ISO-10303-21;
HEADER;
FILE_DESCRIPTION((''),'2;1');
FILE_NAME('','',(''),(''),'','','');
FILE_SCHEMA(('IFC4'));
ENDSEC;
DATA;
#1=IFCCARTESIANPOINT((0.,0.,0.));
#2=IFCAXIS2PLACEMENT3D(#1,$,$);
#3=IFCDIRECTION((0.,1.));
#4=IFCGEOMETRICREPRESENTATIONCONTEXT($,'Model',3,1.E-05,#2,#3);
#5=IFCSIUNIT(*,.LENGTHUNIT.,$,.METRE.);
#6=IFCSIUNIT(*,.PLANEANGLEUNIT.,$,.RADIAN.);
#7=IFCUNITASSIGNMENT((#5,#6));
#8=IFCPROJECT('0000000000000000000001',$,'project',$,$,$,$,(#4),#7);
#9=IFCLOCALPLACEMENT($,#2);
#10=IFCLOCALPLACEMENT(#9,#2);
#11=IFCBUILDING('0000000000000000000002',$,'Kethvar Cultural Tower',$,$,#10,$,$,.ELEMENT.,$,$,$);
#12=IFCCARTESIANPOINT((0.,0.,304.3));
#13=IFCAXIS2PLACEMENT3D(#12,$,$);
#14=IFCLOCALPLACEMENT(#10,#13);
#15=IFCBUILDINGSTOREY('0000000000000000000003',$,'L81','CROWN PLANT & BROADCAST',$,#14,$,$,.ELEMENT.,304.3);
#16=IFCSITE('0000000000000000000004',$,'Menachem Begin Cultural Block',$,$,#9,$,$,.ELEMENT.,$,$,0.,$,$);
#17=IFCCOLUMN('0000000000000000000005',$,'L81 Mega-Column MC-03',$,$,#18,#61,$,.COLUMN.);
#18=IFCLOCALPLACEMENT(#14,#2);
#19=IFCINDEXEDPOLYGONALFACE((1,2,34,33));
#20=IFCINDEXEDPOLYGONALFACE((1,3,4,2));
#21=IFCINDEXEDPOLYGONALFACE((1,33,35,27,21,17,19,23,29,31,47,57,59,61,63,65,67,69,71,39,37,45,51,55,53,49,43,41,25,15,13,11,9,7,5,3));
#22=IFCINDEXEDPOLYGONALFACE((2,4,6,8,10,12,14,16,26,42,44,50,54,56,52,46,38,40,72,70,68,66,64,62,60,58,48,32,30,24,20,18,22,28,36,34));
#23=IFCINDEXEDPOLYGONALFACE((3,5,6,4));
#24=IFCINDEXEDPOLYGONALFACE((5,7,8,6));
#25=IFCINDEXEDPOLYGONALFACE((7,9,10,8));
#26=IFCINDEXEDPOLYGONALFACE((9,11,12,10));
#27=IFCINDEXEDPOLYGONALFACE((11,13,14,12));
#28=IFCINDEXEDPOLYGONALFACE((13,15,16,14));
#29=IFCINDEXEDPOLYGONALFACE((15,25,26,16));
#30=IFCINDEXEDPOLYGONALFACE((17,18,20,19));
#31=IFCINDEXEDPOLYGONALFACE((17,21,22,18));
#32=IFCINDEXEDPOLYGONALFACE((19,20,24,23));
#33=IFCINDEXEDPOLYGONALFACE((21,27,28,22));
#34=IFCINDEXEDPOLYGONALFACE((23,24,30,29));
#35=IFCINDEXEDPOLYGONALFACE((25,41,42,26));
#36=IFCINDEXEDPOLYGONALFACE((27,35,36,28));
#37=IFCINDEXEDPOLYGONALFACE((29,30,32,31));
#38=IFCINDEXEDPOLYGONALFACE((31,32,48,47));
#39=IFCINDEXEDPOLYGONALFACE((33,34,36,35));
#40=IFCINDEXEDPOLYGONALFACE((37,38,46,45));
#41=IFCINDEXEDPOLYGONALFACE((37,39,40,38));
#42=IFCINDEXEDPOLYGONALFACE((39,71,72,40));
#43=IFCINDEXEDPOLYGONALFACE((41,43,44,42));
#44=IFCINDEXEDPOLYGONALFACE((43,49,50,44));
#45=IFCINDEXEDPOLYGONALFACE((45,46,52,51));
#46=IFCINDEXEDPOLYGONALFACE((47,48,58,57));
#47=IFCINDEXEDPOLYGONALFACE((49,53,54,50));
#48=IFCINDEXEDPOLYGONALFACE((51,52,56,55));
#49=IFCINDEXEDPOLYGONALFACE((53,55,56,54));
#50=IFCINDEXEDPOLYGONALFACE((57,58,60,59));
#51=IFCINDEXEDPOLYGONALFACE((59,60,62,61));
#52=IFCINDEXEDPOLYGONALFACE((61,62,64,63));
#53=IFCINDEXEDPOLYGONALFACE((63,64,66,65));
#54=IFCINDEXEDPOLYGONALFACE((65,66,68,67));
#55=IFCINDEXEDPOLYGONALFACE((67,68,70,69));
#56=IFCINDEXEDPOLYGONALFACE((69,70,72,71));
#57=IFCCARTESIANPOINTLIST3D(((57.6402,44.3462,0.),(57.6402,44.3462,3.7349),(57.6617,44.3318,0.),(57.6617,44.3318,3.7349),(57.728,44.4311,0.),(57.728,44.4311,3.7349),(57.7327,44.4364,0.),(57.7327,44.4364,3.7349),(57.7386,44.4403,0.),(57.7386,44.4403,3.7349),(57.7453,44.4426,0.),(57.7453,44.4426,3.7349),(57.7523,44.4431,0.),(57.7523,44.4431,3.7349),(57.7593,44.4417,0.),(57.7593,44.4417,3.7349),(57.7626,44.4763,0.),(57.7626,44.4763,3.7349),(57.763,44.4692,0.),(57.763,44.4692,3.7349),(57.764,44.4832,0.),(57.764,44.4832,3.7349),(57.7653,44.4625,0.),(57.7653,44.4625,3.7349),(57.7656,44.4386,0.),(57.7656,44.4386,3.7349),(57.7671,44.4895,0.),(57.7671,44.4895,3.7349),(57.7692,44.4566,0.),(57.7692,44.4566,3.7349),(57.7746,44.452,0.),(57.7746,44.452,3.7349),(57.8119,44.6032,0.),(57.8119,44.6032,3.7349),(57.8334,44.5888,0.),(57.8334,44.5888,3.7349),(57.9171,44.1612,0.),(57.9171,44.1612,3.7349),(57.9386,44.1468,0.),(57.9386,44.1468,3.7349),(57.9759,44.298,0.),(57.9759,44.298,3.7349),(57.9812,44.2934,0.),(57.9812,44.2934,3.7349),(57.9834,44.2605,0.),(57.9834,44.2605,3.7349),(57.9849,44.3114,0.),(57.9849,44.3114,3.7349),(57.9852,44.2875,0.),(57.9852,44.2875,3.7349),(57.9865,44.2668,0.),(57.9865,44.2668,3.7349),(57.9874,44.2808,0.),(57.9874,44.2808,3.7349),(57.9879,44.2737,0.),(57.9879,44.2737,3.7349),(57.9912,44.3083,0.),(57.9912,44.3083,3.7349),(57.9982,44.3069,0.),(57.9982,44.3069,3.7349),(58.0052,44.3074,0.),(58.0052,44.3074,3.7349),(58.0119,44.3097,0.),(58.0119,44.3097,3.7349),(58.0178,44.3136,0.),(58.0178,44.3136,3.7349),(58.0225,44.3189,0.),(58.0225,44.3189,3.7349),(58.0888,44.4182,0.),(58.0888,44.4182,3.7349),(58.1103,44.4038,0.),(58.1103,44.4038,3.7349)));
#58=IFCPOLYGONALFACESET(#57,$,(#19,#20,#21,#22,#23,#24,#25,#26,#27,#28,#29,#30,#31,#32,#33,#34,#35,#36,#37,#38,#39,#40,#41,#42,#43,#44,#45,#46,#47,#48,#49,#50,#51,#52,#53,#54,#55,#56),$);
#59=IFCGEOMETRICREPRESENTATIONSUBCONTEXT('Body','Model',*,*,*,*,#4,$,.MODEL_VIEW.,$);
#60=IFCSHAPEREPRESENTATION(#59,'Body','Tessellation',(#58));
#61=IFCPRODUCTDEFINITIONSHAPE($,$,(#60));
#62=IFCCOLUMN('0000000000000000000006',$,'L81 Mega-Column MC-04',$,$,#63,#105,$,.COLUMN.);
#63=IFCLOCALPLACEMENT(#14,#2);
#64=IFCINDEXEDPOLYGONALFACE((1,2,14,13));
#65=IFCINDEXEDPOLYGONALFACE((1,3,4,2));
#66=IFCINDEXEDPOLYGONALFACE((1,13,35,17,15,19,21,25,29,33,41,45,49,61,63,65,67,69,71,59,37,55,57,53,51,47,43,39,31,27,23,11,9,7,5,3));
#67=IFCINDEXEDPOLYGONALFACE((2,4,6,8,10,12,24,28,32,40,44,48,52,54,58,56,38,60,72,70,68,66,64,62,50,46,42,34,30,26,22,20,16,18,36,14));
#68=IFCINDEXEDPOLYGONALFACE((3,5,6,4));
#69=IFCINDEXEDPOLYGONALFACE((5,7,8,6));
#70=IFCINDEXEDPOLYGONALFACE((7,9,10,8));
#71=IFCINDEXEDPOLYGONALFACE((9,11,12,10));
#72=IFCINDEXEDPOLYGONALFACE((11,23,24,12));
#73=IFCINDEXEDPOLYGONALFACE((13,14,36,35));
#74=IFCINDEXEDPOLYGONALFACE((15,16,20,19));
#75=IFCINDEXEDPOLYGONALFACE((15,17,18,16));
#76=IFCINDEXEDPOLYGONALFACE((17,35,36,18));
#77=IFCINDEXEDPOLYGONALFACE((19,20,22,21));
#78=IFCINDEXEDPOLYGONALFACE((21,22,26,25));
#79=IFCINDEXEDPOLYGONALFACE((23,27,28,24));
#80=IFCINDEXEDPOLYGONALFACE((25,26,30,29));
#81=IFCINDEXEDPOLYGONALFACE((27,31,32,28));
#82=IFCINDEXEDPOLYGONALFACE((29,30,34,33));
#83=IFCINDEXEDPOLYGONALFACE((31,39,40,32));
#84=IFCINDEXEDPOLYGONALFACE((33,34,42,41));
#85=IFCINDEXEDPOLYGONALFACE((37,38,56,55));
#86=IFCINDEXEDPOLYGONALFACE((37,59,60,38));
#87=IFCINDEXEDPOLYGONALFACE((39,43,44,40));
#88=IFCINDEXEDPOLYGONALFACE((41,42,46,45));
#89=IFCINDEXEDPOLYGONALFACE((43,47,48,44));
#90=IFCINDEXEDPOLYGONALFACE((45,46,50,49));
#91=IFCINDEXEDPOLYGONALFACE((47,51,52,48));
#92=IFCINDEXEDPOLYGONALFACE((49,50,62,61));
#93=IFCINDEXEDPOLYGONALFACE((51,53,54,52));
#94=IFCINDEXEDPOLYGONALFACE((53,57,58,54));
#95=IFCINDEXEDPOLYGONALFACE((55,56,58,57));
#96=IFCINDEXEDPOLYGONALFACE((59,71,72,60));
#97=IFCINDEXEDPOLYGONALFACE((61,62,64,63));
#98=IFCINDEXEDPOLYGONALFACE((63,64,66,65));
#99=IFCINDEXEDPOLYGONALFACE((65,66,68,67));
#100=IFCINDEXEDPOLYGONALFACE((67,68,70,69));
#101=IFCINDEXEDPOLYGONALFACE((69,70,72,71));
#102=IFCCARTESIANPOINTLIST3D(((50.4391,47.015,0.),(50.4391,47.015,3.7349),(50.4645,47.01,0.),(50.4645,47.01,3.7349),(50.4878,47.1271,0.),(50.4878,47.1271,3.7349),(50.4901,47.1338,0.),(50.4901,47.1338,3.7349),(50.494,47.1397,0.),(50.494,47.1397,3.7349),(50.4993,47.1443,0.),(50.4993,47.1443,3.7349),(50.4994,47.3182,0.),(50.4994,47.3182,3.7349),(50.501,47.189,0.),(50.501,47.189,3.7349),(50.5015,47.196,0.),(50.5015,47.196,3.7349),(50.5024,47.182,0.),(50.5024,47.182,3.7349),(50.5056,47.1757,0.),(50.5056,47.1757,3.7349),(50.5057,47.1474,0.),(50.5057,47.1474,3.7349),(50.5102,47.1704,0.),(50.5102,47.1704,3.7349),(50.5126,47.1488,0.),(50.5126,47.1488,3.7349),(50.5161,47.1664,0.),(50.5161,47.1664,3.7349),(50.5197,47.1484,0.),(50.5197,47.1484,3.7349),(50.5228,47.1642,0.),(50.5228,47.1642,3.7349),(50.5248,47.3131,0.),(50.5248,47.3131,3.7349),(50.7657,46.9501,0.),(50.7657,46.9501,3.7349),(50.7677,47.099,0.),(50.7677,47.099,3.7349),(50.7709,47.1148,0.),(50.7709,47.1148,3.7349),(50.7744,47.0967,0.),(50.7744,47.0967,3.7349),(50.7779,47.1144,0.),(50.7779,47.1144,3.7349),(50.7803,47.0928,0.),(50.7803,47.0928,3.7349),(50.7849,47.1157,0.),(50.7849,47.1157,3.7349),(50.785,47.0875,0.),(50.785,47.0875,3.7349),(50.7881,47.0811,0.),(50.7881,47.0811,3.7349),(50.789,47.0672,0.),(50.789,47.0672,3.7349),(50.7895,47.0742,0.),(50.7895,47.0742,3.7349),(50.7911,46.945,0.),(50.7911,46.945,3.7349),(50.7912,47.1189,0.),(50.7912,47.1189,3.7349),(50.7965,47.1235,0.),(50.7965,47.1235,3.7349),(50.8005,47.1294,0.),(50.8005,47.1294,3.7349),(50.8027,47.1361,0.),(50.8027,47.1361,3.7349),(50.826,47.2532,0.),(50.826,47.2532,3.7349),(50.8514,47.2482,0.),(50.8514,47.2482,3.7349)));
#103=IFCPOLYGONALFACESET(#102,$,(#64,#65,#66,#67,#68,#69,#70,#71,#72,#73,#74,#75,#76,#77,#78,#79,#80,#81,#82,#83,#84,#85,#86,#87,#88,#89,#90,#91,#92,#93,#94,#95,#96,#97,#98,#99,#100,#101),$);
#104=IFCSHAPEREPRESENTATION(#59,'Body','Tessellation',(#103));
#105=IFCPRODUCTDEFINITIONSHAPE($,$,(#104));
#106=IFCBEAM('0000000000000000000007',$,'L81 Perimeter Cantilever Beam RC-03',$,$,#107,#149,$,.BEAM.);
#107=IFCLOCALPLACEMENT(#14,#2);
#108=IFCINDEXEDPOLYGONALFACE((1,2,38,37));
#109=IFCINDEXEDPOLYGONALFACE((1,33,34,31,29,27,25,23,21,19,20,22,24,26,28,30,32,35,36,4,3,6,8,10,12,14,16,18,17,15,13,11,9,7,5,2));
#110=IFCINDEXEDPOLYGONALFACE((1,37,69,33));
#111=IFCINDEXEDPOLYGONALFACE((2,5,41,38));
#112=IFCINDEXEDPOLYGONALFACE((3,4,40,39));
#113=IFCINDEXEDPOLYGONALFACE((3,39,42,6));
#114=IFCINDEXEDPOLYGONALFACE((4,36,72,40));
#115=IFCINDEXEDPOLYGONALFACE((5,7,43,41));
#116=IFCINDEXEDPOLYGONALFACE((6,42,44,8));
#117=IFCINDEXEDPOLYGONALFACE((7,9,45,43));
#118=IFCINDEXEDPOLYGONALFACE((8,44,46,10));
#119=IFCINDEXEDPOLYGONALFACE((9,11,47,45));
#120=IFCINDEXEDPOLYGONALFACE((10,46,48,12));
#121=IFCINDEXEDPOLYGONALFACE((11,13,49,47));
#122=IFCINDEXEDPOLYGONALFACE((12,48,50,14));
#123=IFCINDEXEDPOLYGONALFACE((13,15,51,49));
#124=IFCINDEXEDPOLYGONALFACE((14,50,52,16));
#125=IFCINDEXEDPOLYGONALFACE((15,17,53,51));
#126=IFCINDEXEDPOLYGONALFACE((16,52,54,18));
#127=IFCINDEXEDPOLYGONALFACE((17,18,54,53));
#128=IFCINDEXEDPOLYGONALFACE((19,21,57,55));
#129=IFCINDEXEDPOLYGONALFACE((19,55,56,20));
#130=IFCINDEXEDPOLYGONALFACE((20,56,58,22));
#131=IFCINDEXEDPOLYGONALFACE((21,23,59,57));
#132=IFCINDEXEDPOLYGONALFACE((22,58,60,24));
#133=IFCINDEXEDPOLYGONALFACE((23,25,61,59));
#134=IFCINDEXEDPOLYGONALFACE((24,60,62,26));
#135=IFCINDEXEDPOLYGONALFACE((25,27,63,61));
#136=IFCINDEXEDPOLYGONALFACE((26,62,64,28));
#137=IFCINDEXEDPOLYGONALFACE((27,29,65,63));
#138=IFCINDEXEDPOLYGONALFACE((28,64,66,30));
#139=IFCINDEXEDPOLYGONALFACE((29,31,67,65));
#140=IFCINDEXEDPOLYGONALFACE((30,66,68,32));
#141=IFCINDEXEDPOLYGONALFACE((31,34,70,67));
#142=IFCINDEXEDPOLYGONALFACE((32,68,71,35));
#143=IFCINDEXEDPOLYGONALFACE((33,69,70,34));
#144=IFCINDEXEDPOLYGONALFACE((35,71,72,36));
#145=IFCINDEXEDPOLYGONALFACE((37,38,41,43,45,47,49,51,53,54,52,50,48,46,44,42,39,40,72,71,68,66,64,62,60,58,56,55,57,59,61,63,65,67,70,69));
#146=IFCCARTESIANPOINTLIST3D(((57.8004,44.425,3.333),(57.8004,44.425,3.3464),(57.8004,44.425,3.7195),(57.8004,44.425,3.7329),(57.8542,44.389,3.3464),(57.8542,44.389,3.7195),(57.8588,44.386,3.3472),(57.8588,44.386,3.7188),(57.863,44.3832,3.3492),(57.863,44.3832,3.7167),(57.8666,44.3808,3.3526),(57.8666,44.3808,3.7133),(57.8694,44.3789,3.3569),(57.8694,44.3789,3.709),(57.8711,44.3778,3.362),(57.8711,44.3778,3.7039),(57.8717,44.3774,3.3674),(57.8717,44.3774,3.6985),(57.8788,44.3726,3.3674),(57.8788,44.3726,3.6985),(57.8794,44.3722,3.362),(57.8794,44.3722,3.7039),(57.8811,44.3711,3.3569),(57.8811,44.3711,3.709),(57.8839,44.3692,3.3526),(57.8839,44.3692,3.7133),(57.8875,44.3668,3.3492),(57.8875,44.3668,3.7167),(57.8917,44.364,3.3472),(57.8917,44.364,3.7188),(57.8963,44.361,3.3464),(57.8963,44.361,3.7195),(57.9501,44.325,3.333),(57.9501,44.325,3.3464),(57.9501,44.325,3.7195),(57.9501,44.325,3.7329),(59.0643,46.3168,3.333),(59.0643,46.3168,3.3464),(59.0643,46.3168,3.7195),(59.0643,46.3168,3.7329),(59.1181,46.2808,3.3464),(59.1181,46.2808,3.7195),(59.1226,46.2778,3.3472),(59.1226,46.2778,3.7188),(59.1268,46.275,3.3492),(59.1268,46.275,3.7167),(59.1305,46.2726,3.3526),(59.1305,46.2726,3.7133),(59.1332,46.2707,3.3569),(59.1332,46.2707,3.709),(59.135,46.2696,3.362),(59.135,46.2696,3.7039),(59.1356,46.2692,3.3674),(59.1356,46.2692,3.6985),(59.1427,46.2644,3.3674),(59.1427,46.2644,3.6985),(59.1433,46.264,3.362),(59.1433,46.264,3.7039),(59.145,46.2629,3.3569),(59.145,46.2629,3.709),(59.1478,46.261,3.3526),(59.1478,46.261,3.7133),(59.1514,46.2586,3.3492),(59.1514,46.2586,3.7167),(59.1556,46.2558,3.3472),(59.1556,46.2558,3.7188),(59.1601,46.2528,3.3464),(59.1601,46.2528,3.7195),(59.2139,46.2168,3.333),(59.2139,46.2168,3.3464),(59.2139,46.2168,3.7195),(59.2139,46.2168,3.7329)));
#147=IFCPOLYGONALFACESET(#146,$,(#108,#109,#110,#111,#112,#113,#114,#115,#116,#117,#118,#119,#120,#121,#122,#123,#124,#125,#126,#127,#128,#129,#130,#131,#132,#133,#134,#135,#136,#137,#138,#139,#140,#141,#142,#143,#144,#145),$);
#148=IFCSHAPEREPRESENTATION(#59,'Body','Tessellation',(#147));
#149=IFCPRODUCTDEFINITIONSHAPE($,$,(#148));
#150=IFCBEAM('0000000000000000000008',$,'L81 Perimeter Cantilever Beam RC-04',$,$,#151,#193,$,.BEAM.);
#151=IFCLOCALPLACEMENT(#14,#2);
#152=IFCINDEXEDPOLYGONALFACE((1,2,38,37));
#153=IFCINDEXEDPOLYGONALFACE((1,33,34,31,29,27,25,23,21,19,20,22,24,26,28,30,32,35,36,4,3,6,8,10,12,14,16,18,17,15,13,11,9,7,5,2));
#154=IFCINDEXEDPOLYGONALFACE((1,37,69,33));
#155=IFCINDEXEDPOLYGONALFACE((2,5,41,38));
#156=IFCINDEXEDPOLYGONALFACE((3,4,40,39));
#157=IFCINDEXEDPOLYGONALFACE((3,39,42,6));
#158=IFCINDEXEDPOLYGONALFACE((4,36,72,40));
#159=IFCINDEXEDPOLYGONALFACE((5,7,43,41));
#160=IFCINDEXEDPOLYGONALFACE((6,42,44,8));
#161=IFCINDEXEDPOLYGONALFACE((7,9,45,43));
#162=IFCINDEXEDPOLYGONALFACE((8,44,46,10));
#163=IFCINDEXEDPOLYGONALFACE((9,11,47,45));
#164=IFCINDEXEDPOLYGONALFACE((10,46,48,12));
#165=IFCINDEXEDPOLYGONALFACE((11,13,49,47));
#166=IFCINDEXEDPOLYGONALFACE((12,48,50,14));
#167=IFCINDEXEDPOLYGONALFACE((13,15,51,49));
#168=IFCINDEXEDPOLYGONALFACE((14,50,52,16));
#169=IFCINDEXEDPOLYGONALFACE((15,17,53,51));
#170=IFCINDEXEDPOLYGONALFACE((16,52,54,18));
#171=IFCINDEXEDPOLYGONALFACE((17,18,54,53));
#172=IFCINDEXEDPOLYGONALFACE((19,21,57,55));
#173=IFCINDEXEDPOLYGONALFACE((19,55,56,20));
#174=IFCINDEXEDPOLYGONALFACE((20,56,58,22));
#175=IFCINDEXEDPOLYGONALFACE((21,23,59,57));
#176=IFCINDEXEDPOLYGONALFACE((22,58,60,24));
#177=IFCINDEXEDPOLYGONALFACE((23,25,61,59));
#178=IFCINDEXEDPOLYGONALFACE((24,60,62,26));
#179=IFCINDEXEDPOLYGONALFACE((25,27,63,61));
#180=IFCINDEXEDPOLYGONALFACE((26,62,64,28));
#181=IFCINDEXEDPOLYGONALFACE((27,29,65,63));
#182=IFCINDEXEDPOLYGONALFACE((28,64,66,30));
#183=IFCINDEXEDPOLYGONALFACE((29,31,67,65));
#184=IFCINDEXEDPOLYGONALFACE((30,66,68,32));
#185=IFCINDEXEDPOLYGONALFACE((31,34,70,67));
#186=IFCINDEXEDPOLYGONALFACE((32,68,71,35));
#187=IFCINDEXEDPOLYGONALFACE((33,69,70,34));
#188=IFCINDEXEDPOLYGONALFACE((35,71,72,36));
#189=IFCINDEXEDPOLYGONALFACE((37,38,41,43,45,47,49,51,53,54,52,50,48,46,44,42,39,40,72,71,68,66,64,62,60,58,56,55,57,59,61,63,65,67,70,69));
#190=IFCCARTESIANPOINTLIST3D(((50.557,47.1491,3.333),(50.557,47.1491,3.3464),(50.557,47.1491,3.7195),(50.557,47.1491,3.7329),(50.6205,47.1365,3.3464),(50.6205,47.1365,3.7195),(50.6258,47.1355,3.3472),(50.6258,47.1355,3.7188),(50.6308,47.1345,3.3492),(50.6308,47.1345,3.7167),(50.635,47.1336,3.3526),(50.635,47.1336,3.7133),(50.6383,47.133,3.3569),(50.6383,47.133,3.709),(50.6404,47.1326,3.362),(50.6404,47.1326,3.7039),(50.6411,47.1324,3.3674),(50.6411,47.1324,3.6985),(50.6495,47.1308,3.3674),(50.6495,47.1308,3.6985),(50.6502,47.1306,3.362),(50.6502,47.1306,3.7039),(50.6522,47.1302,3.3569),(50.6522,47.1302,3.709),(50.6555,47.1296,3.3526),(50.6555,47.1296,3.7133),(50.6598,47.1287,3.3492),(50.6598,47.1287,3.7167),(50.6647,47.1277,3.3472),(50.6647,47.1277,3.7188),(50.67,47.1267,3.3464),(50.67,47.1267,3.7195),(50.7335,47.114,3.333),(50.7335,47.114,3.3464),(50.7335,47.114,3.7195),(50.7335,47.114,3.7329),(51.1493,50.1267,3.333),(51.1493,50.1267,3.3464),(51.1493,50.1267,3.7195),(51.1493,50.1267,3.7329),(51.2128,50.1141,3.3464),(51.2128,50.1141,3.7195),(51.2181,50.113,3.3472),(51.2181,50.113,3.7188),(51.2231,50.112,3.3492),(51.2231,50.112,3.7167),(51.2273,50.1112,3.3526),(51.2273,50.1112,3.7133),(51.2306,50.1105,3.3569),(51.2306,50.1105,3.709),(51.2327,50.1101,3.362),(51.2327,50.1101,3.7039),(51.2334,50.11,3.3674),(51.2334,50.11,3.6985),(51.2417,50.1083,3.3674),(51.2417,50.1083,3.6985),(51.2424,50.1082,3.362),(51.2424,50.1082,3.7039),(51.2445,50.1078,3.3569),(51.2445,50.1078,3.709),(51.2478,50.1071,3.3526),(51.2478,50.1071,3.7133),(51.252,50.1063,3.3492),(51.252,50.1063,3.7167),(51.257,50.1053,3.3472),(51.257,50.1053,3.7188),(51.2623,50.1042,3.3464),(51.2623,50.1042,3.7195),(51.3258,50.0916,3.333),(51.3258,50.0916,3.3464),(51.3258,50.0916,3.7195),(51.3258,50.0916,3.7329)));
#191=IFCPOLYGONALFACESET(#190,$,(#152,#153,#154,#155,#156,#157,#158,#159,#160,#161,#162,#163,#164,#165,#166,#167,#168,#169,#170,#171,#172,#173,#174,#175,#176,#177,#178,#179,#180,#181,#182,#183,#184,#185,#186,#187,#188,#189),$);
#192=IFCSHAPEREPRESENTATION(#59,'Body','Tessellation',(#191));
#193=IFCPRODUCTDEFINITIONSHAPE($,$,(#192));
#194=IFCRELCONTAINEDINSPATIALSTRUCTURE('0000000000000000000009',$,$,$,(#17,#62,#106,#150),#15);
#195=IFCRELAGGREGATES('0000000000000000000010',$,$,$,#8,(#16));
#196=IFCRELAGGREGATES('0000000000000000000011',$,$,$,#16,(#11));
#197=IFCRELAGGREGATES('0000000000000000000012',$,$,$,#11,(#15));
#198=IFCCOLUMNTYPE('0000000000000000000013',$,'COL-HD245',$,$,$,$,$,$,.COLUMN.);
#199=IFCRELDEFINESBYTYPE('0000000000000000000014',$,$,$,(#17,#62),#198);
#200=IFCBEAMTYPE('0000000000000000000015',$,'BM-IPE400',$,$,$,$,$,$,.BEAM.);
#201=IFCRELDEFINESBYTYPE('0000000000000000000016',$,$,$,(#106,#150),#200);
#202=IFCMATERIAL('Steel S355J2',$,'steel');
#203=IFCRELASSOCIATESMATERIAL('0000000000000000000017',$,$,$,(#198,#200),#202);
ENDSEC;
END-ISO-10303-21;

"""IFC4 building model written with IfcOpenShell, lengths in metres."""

from ifc_helpers import new_model, si_unit, direction, frame, origin, origin_2d, place, context, subcontext, project, spatial, i_section, extrude, source, transform, mapped, material, material_profile, profile_set, type_object, element, save


model = new_model("IFC4")

# Units and contexts
model_context = context("Model", 3, precision=1e-05, world=origin(), true_north=direction((0.0, 1.0)))
body_context = subcontext(model_context, "Body", "Model", "MODEL_VIEW")
ifc_project = project(units=[si_unit("LENGTHUNIT", "METRE"), si_unit("PLANEANGLEUNIT", "RADIAN")], contexts=[model_context])

# Site, building, storey
site_placement = place(None, origin())
site = spatial("IfcSite", under=ifc_project, at=site_placement, Name="Menachem Begin Cultural Block", CompositionType="ELEMENT", RefElevation=0.0)
building_placement = place(site_placement, origin())
building = spatial("IfcBuilding", under=site, at=building_placement, Name="Kethvar Cultural Tower", CompositionType="ELEMENT")
storey_placement = place(building_placement, frame((0.0, 0.0, 304.3)))
storey = spatial("IfcBuildingStorey", under=building, at=storey_placement, Name="L81", Description="CROWN PLANT & BROADCAST", CompositionType="ELEMENT", Elevation=304.3)

# Columns
ifc_material_1 = material(Name="Steel S355J2", Category="steel")
ifc_material_profile_1 = material_profile(ifc_material_1, i_section(OverallWidth=0.3091, OverallDepth=0.3589, WebThickness=0.0161, FlangeThickness=0.0259, FilletRadius=0.0271, at=origin_2d()), Name="Steel S355J2 — HD320x245")
ifc_profile_set_1 = profile_set([ifc_material_profile_1], Name="Steel S355J2 — HD320x245")
column_type = type_object("IfcColumnType", Name="COL-HD245", PredefinedType="COLUMN", material=ifc_profile_set_1)
shared_shape_1 = source(origin(), body_context, "Body", "SweptSolid", [
    extrude(i_section(OverallWidth=0.3091, OverallDepth=0.3589, WebThickness=0.0161, FlangeThickness=0.0259, FilletRadius=0.0271, at=origin_2d()), origin(), (0.0, 0.0, 1.0), 3.7349),
])
for number, where, z_axis, x_axis, name in (
    (1, (57.8752, 44.375, 0.0), (0.0, 0.0, 1.0), (0.55557, 0.83147, 0.0), "L81 Mega-Column MC-03"),
    (2, (50.6453, 47.1316, 0.0), (0.0, 0.0, 1.0), (0.19509, 0.980785, 0.0), "L81 Mega-Column MC-04"),
):
    element("IfcColumn", number, at=place(storey_placement, frame(where, z_axis=z_axis, x_axis=x_axis)), inside=storey, type_object=column_type, Name=name, PredefinedType="COLUMN", context=body_context, shape_type="MappedRepresentation", body=[
        mapped(shared_shape_1, transform((0.0, 0.0, 0.0), scale=1.0)),
    ])

# Beams
ifc_material_profile_2 = material_profile(ifc_material_1, i_section(OverallWidth=0.1799, OverallDepth=0.3999, WebThickness=0.0085, FlangeThickness=0.0134, FilletRadius=0.021, at=origin_2d()), Name="Steel S355J2 — IPE400")
ifc_profile_set_2 = profile_set([ifc_material_profile_2], Name="Steel S355J2 — IPE400")
beam_type_1 = type_object("IfcBeamType", Name="BM-IPE400", PredefinedType="BEAM", material=ifc_profile_set_2)
shared_shape_2 = source(origin(), body_context, "Body", "SweptSolid", [
    extrude(i_section(OverallWidth=0.1799, OverallDepth=0.3999, WebThickness=0.0085, FlangeThickness=0.0134, FilletRadius=0.021, at=origin_2d()), origin(), (0.0, 0.0, 1.0), 2.2751),
])
beam_1_placement = place(storey_placement, frame((57.8752, 44.375, 3.533), z_axis=(0.555517, 0.831505, 0.0), x_axis=(-0.831505, 0.555517, 0.0)))
element("IfcBeam", 3, at=beam_1_placement, inside=storey, type_object=beam_type_1, Name="L81 Perimeter Cantilever Beam RC-03", PredefinedType="BEAM", context=body_context, shape_type="MappedRepresentation", body=[
    mapped(shared_shape_2, transform((0.0, 0.0, 0.0), scale=1.0)),
])
shared_shape_3 = source(origin(), body_context, "Body", "SweptSolid", [
    extrude(i_section(OverallWidth=0.1799, OverallDepth=0.3999, WebThickness=0.0085, FlangeThickness=0.0134, FilletRadius=0.021, at=origin_2d()), origin(), (0.0, 0.0, 1.0), 3.0359),
])
beam_2_placement = place(storey_placement, frame((50.6453, 47.1316, 3.533), z_axis=(0.195095, 0.980784, 0.0), x_axis=(-0.980784, 0.195095, 0.0)))
element("IfcBeam", 4, at=beam_2_placement, inside=storey, type_object=beam_type_1, Name="L81 Perimeter Cantilever Beam RC-04", PredefinedType="BEAM", context=body_context, shape_type="MappedRepresentation", body=[
    mapped(shared_shape_3, transform((0.0, 0.0, 0.0), scale=1.0)),
])

save(model, "model.ifc")
